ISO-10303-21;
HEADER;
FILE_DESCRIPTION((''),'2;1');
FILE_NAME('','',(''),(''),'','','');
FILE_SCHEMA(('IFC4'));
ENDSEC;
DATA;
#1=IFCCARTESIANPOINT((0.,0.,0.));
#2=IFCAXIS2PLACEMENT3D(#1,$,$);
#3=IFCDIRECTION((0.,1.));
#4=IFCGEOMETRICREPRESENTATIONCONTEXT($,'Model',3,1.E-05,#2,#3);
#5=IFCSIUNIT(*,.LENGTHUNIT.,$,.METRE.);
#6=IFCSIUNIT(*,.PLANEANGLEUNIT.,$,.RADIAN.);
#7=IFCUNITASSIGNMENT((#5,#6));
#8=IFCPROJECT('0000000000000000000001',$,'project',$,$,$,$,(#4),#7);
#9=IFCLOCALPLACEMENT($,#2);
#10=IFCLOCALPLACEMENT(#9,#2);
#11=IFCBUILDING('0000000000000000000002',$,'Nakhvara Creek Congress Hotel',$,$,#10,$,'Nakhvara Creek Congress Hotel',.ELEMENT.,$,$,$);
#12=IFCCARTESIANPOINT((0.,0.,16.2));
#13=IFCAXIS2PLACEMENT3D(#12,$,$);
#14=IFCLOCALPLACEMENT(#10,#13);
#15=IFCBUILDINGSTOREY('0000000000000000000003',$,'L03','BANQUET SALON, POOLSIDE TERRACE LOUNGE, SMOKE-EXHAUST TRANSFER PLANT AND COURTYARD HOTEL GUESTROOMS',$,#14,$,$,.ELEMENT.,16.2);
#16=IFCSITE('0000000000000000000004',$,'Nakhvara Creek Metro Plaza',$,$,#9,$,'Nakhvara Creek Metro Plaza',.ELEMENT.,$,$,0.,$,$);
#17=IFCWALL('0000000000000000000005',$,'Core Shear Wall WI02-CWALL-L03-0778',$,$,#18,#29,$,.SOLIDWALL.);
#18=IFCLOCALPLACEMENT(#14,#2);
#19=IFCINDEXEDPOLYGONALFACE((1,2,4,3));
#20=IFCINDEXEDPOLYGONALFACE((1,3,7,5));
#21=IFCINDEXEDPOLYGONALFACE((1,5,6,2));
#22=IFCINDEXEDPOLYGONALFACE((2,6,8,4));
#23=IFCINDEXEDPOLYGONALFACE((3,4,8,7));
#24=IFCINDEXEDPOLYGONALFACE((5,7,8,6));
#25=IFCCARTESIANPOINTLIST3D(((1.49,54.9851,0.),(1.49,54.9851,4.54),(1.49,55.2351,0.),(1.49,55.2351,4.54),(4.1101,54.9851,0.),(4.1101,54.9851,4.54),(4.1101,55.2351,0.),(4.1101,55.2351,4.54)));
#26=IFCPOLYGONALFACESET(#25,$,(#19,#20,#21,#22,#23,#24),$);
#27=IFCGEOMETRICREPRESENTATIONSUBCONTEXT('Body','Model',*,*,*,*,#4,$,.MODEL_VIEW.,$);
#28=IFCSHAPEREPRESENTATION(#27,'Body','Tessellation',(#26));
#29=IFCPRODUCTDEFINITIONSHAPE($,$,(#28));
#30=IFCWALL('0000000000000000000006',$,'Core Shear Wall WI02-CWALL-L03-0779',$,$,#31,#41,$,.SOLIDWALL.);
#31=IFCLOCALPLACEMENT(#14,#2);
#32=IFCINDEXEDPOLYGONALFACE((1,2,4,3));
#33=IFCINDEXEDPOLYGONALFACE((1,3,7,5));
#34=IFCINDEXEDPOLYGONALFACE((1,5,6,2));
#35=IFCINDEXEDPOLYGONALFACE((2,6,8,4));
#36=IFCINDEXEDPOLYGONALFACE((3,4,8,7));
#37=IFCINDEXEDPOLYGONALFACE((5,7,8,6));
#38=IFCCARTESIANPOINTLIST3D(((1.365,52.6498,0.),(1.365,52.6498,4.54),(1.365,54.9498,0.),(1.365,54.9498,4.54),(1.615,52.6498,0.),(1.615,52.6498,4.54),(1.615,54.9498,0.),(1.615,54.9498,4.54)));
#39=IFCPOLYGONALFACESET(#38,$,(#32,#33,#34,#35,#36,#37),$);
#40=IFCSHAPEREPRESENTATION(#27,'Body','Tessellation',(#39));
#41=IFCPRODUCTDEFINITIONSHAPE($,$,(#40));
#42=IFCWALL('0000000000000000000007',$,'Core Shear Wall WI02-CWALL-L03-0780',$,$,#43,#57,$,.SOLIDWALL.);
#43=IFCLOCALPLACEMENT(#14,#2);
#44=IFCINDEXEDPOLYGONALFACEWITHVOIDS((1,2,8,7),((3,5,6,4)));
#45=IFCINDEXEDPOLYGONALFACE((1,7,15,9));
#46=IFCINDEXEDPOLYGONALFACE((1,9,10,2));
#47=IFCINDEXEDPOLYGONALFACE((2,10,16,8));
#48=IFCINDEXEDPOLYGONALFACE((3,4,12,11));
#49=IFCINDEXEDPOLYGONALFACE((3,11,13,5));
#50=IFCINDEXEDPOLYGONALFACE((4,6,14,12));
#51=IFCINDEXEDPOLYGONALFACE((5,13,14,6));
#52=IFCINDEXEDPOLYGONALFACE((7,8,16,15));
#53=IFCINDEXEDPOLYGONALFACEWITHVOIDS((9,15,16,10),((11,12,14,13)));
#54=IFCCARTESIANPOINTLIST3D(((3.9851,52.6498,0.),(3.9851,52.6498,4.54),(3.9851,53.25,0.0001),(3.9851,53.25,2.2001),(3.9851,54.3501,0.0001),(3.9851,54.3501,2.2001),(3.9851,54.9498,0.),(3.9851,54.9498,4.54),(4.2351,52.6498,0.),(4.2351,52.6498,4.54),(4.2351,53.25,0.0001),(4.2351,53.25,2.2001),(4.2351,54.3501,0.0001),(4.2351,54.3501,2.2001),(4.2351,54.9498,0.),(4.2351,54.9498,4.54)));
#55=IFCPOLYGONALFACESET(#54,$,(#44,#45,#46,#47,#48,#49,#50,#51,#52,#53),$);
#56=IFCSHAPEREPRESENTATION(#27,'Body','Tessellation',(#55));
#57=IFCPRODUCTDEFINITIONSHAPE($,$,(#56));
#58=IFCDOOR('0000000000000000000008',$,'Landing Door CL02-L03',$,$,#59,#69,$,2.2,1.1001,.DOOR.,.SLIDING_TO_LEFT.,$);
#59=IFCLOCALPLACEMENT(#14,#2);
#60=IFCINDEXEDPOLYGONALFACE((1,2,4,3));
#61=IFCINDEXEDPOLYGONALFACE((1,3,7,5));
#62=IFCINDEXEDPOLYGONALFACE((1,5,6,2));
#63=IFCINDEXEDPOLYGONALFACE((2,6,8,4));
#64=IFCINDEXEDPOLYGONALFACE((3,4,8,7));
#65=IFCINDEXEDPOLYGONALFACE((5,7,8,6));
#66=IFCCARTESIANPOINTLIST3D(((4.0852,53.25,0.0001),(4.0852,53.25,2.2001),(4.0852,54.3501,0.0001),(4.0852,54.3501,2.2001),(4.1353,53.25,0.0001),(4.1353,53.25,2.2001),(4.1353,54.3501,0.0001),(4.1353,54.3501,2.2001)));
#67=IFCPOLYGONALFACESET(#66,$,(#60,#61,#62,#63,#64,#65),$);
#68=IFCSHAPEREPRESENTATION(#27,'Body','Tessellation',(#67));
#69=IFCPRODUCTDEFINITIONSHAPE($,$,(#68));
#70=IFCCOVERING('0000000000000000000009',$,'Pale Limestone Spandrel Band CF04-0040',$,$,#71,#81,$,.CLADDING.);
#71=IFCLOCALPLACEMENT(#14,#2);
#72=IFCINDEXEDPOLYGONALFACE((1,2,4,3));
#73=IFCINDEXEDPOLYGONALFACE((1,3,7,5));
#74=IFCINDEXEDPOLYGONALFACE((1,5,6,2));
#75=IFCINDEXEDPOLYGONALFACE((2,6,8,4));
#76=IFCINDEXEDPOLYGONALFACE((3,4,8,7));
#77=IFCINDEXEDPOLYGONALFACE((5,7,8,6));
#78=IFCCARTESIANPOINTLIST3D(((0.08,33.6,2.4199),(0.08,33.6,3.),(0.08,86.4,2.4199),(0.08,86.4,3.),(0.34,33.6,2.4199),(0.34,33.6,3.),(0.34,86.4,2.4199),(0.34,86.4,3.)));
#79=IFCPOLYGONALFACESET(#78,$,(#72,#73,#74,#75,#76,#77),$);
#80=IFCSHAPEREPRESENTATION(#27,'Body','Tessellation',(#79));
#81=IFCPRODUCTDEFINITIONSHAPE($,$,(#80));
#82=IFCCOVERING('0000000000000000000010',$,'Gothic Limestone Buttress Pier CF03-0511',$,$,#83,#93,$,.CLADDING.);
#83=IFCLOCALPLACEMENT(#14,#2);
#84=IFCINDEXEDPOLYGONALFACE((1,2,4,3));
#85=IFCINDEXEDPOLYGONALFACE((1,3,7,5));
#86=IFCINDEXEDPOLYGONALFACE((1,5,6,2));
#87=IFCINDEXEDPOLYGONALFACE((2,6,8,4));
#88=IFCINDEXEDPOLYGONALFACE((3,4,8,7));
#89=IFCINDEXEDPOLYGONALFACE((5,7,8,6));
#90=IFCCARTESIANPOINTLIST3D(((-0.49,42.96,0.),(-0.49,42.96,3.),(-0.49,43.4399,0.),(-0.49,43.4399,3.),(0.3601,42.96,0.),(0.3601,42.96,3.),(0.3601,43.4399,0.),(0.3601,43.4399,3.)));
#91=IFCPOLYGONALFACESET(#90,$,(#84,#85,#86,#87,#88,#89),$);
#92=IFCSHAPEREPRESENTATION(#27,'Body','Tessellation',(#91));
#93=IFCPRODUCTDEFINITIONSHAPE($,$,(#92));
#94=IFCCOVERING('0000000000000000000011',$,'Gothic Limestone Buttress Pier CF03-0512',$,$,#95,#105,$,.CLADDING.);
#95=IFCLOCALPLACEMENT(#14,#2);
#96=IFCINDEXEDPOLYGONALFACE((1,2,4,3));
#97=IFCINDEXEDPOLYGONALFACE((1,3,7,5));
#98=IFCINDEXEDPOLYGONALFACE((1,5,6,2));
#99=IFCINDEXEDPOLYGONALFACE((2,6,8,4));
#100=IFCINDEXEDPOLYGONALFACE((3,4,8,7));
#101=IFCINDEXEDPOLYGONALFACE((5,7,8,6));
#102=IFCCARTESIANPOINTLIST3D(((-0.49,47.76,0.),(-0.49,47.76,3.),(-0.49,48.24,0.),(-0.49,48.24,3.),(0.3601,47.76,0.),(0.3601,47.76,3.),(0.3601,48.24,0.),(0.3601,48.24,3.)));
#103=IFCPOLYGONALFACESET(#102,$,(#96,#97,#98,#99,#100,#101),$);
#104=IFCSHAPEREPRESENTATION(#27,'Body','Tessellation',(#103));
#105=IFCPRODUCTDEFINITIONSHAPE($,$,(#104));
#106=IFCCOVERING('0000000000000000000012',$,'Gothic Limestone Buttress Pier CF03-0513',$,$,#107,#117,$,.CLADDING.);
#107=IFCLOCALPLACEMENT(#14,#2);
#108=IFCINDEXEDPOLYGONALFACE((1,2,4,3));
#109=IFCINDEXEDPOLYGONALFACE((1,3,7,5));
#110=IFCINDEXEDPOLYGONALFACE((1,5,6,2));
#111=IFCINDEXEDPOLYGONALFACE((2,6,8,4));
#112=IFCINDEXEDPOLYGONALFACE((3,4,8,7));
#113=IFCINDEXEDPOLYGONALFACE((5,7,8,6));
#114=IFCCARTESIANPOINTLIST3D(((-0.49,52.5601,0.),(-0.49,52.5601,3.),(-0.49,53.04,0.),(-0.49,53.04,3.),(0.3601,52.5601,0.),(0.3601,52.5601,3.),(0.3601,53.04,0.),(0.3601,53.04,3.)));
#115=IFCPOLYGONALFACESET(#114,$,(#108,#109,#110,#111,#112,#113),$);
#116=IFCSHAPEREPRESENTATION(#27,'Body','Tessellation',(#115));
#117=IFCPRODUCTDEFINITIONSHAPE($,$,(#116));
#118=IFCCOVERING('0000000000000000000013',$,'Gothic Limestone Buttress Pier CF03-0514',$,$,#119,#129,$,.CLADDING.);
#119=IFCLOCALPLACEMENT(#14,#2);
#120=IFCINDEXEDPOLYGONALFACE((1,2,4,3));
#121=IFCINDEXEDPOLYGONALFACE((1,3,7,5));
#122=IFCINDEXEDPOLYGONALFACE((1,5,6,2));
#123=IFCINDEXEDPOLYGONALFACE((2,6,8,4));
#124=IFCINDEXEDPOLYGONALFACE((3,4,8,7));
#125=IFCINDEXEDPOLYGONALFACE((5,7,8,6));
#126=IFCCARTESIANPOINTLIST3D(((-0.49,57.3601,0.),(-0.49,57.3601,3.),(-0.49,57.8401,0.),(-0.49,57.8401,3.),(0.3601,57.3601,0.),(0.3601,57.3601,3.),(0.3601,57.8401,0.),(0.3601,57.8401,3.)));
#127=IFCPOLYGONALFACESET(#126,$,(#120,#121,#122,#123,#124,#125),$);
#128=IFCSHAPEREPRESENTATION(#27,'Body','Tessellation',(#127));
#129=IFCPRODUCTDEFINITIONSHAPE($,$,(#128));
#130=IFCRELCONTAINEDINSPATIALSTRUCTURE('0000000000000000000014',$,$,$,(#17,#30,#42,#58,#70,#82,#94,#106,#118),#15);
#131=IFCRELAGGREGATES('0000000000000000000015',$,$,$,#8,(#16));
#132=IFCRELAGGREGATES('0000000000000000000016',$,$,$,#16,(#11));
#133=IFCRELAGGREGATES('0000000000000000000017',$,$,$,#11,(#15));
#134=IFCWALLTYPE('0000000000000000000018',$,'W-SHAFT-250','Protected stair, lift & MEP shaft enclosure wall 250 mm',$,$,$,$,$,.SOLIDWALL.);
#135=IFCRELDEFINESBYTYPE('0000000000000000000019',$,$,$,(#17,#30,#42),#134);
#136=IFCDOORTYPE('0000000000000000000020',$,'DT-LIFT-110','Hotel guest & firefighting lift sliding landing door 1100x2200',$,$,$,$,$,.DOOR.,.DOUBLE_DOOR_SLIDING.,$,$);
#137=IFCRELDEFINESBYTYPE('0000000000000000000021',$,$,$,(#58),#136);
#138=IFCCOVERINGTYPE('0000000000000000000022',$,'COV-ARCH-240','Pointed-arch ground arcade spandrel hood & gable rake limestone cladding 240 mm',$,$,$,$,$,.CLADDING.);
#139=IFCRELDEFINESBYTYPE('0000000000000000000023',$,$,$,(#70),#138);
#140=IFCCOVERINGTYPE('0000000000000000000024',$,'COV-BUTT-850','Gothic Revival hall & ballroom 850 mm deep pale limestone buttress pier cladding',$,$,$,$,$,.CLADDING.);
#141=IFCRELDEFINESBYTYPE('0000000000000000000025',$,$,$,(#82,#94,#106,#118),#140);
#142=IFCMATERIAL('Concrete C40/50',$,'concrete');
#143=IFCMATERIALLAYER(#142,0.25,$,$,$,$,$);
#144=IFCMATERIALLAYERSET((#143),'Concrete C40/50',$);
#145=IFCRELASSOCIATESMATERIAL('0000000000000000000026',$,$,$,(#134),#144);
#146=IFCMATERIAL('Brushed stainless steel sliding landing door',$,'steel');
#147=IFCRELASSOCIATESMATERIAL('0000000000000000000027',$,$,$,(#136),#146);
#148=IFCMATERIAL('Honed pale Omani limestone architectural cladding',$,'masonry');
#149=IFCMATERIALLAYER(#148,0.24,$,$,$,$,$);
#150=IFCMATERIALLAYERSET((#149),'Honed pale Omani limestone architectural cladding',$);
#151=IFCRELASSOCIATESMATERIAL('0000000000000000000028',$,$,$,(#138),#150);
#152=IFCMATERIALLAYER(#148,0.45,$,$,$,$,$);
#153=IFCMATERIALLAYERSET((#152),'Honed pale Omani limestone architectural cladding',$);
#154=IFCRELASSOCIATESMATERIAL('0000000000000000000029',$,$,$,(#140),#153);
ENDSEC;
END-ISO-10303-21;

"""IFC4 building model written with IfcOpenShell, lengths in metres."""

from ifc_helpers import new_model, si_unit, direction, frame, frame_2d, origin, origin_2d, place, context, subcontext, project, spatial, rectangle, extrude, material, layer, layer_set, type_object, element, fill, save


model = new_model("IFC4")

# Units and contexts
model_context = context("Model", 3, precision=1e-05, world=origin(), true_north=direction((0.0, 1.0)))
body_context = subcontext(model_context, "Body", "Model", "MODEL_VIEW")
ifc_project = project(units=[si_unit("LENGTHUNIT", "METRE"), si_unit("PLANEANGLEUNIT", "RADIAN")], contexts=[model_context])

# Site, building, storey
site_placement = place(None, origin())
site = spatial("IfcSite", under=ifc_project, at=site_placement, Name="Nakhvara Creek Metro Plaza", LongName="Nakhvara Creek Metro Plaza", CompositionType="ELEMENT", RefElevation=0.0)
building_placement = place(site_placement, origin())
building = spatial("IfcBuilding", under=site, at=building_placement, Name="Nakhvara Creek Congress Hotel", LongName="Nakhvara Creek Congress Hotel", CompositionType="ELEMENT")
storey_placement = place(building_placement, frame((0.0, 0.0, 16.2)))
storey = spatial("IfcBuildingStorey", under=building, at=storey_placement, Name="L03", Description="BANQUET SALON, POOLSIDE TERRACE LOUNGE, SMOKE-EXHAUST TRANSFER PLANT AND COURTYARD HOTEL GUESTROOMS", CompositionType="ELEMENT", Elevation=16.2)

# Shared definitions
ifc_material_1 = material(Name="Concrete C40/50", Category="concrete")

# Shared definitions
ifc_layer_1 = layer(ifc_material_1, 0.25)
ifc_layer_set_1 = layer_set([ifc_layer_1], Name="Concrete C40/50")
wall_type_1 = type_object("IfcWallType", Name="W-SHAFT-250", Description="Protected stair, lift & MEP shaft enclosure wall 250 mm", PredefinedType="SOLIDWALL", material=ifc_layer_set_1)

# Shared definitions
ifc_material_2 = material(Name="Brushed stainless steel sliding landing door", Category="steel")
door_type_1 = type_object("IfcDoorType", Name="DT-LIFT-110", Description="Hotel guest & firefighting lift sliding landing door 1100x2200", OperationType="DOUBLE_DOOR_SLIDING", PredefinedType="DOOR", material=ifc_material_2)

# Walls
for number, where, z_axis, x_axis, name in (
    (1, (1.49, 55.1101, 0.0), (0.0, 0.0, 1.0), (1.0, 0.0, 0.0), "Core Shear Wall WI02-CWALL-L03-0778"),
):
    element("IfcWall", number, at=place(storey_placement, frame(where, z_axis=z_axis, x_axis=x_axis)), inside=storey, type_object=wall_type_1, Name=name, PredefinedType="SOLIDWALL", context=body_context, shape_type="SweptSolid", body=[
        extrude(rectangle(XDim=2.6201, YDim=0.25, at=frame_2d((1.3101, 0.0))), origin(), (0.0, 0.0, 1.0), 4.54),
    ])
wall_1_placement = place(storey_placement, frame((1.49, 52.6499, 0.0), z_axis=(0.0, 0.0, 1.0), x_axis=(0.0, 1.0, 0.0)))
element("IfcWall", 2, at=wall_1_placement, inside=storey, type_object=wall_type_1, Name="Core Shear Wall WI02-CWALL-L03-0779", PredefinedType="SOLIDWALL", context=body_context, shape_type="SweptSolid", body=[
    extrude(rectangle(XDim=2.3, YDim=0.25, at=frame_2d((1.1499, 0.0))), origin(), (0.0, 0.0, 1.0), 4.54),
])

# Wall, opening, door
wall_2_placement = place(storey_placement, frame((4.1101, 52.6499, 0.0), z_axis=(0.0, 0.0, 1.0), x_axis=(0.0, 1.0, 0.0)))
wall_2 = element("IfcWall", 3, at=wall_2_placement, inside=storey, type_object=wall_type_1, Name="Core Shear Wall WI02-CWALL-L03-0780", PredefinedType="SOLIDWALL", context=body_context, shape_type="SweptSolid", body=[
    extrude(rectangle(XDim=2.3, YDim=0.25, at=frame_2d((1.1499, 0.0))), origin(), (0.0, 0.0, 1.0), 4.54),
])
opening_1_placement = place(wall_2_placement, frame((0.6001, 0.0, 0.0)))
opening_1 = element("IfcOpeningElement", 4, at=opening_1_placement, cuts=wall_2, PredefinedType="OPENING", context=body_context, shape_type="SweptSolid", body=[
    extrude(rectangle(XDim=1.1001, YDim=2.2, at=frame_2d((0.55, 1.1001))), frame((0.0, 0.137, 0.0), z_axis=(0.0, -1.0, 0.0), x_axis=(1.0, 0.0, 0.0)), (0.0, 0.0, 1.0), 0.2739),
])
door_1_placement = place(opening_1_placement, origin())
door_1 = element("IfcDoor", 5, at=door_1_placement, inside=storey, type_object=door_type_1, Name="Landing Door CL02-L03", OperationType="SLIDING_TO_LEFT", OverallHeight=2.2, OverallWidth=1.1001, PredefinedType="DOOR", context=body_context, shape_type="SweptSolid", body=[
    extrude(rectangle(XDim=1.1001, YDim=2.2, at=frame_2d((0.55, 1.1001))), frame((0.0, 0.0249, 0.0), z_axis=(0.0, -1.0, 0.0), x_axis=(1.0, 0.0, 0.0)), (0.0, 0.0, 1.0), 0.05),
])
fill(opening_1, door_1)

# Coverings
ifc_material_3 = material(Name="Honed pale Omani limestone architectural cladding", Category="masonry")
ifc_layer_2 = layer(ifc_material_3, 0.24)
ifc_layer_set_2 = layer_set([ifc_layer_2], Name="Honed pale Omani limestone architectural cladding")
covering_type_1 = type_object("IfcCoveringType", Name="COV-ARCH-240", Description="Pointed-arch ground arcade spandrel hood & gable rake limestone cladding 240 mm", PredefinedType="CLADDING", material=ifc_layer_set_2)
covering_placement = place(storey_placement, frame((0.21, 60.0, 2.4199), z_axis=(0.0, 0.0, 1.0), x_axis=(0.0, 1.0, 0.0)))
element("IfcCovering", 6, at=covering_placement, inside=storey, type_object=covering_type_1, Name="Pale Limestone Spandrel Band CF04-0040", PredefinedType="CLADDING", context=body_context, shape_type="SweptSolid", body=[
    extrude(rectangle(XDim=52.8, YDim=0.26, at=origin_2d()), origin(), (0.0, 0.0, 1.0), 0.5801),
])
ifc_layer_3 = layer(ifc_material_3, 0.45)
ifc_layer_set_3 = layer_set([ifc_layer_3], Name="Honed pale Omani limestone architectural cladding")
covering_type_2 = type_object("IfcCoveringType", Name="COV-BUTT-850", Description="Gothic Revival hall & ballroom 850 mm deep pale limestone buttress pier cladding", PredefinedType="CLADDING", material=ifc_layer_set_3)
for number, where, z_axis, x_axis, name in (
    (7, (-0.0649, 43.2, 0.0), (0.0, 0.0, 1.0), (0.0, 1.0, 0.0), "Gothic Limestone Buttress Pier CF03-0511"),
    (8, (-0.0649, 48.0, 0.0), (0.0, 0.0, 1.0), (0.0, 1.0, 0.0), "Gothic Limestone Buttress Pier CF03-0512"),
    (9, (-0.0649, 52.8, 0.0), (0.0, 0.0, 1.0), (0.0, 1.0, 0.0), "Gothic Limestone Buttress Pier CF03-0513"),
    (10, (-0.0649, 57.6001, 0.0), (0.0, 0.0, 1.0), (0.0, 1.0, 0.0), "Gothic Limestone Buttress Pier CF03-0514"),
):
    element("IfcCovering", number, at=place(storey_placement, frame(where, z_axis=z_axis, x_axis=x_axis)), inside=storey, type_object=covering_type_2, Name=name, PredefinedType="CLADDING", context=body_context, shape_type="SweptSolid", body=[
        extrude(rectangle(XDim=0.48, YDim=0.8501, at=origin_2d()), origin(), (0.0, 0.0, 1.0), 3.0),
    ])

save(model, "model.ifc")
